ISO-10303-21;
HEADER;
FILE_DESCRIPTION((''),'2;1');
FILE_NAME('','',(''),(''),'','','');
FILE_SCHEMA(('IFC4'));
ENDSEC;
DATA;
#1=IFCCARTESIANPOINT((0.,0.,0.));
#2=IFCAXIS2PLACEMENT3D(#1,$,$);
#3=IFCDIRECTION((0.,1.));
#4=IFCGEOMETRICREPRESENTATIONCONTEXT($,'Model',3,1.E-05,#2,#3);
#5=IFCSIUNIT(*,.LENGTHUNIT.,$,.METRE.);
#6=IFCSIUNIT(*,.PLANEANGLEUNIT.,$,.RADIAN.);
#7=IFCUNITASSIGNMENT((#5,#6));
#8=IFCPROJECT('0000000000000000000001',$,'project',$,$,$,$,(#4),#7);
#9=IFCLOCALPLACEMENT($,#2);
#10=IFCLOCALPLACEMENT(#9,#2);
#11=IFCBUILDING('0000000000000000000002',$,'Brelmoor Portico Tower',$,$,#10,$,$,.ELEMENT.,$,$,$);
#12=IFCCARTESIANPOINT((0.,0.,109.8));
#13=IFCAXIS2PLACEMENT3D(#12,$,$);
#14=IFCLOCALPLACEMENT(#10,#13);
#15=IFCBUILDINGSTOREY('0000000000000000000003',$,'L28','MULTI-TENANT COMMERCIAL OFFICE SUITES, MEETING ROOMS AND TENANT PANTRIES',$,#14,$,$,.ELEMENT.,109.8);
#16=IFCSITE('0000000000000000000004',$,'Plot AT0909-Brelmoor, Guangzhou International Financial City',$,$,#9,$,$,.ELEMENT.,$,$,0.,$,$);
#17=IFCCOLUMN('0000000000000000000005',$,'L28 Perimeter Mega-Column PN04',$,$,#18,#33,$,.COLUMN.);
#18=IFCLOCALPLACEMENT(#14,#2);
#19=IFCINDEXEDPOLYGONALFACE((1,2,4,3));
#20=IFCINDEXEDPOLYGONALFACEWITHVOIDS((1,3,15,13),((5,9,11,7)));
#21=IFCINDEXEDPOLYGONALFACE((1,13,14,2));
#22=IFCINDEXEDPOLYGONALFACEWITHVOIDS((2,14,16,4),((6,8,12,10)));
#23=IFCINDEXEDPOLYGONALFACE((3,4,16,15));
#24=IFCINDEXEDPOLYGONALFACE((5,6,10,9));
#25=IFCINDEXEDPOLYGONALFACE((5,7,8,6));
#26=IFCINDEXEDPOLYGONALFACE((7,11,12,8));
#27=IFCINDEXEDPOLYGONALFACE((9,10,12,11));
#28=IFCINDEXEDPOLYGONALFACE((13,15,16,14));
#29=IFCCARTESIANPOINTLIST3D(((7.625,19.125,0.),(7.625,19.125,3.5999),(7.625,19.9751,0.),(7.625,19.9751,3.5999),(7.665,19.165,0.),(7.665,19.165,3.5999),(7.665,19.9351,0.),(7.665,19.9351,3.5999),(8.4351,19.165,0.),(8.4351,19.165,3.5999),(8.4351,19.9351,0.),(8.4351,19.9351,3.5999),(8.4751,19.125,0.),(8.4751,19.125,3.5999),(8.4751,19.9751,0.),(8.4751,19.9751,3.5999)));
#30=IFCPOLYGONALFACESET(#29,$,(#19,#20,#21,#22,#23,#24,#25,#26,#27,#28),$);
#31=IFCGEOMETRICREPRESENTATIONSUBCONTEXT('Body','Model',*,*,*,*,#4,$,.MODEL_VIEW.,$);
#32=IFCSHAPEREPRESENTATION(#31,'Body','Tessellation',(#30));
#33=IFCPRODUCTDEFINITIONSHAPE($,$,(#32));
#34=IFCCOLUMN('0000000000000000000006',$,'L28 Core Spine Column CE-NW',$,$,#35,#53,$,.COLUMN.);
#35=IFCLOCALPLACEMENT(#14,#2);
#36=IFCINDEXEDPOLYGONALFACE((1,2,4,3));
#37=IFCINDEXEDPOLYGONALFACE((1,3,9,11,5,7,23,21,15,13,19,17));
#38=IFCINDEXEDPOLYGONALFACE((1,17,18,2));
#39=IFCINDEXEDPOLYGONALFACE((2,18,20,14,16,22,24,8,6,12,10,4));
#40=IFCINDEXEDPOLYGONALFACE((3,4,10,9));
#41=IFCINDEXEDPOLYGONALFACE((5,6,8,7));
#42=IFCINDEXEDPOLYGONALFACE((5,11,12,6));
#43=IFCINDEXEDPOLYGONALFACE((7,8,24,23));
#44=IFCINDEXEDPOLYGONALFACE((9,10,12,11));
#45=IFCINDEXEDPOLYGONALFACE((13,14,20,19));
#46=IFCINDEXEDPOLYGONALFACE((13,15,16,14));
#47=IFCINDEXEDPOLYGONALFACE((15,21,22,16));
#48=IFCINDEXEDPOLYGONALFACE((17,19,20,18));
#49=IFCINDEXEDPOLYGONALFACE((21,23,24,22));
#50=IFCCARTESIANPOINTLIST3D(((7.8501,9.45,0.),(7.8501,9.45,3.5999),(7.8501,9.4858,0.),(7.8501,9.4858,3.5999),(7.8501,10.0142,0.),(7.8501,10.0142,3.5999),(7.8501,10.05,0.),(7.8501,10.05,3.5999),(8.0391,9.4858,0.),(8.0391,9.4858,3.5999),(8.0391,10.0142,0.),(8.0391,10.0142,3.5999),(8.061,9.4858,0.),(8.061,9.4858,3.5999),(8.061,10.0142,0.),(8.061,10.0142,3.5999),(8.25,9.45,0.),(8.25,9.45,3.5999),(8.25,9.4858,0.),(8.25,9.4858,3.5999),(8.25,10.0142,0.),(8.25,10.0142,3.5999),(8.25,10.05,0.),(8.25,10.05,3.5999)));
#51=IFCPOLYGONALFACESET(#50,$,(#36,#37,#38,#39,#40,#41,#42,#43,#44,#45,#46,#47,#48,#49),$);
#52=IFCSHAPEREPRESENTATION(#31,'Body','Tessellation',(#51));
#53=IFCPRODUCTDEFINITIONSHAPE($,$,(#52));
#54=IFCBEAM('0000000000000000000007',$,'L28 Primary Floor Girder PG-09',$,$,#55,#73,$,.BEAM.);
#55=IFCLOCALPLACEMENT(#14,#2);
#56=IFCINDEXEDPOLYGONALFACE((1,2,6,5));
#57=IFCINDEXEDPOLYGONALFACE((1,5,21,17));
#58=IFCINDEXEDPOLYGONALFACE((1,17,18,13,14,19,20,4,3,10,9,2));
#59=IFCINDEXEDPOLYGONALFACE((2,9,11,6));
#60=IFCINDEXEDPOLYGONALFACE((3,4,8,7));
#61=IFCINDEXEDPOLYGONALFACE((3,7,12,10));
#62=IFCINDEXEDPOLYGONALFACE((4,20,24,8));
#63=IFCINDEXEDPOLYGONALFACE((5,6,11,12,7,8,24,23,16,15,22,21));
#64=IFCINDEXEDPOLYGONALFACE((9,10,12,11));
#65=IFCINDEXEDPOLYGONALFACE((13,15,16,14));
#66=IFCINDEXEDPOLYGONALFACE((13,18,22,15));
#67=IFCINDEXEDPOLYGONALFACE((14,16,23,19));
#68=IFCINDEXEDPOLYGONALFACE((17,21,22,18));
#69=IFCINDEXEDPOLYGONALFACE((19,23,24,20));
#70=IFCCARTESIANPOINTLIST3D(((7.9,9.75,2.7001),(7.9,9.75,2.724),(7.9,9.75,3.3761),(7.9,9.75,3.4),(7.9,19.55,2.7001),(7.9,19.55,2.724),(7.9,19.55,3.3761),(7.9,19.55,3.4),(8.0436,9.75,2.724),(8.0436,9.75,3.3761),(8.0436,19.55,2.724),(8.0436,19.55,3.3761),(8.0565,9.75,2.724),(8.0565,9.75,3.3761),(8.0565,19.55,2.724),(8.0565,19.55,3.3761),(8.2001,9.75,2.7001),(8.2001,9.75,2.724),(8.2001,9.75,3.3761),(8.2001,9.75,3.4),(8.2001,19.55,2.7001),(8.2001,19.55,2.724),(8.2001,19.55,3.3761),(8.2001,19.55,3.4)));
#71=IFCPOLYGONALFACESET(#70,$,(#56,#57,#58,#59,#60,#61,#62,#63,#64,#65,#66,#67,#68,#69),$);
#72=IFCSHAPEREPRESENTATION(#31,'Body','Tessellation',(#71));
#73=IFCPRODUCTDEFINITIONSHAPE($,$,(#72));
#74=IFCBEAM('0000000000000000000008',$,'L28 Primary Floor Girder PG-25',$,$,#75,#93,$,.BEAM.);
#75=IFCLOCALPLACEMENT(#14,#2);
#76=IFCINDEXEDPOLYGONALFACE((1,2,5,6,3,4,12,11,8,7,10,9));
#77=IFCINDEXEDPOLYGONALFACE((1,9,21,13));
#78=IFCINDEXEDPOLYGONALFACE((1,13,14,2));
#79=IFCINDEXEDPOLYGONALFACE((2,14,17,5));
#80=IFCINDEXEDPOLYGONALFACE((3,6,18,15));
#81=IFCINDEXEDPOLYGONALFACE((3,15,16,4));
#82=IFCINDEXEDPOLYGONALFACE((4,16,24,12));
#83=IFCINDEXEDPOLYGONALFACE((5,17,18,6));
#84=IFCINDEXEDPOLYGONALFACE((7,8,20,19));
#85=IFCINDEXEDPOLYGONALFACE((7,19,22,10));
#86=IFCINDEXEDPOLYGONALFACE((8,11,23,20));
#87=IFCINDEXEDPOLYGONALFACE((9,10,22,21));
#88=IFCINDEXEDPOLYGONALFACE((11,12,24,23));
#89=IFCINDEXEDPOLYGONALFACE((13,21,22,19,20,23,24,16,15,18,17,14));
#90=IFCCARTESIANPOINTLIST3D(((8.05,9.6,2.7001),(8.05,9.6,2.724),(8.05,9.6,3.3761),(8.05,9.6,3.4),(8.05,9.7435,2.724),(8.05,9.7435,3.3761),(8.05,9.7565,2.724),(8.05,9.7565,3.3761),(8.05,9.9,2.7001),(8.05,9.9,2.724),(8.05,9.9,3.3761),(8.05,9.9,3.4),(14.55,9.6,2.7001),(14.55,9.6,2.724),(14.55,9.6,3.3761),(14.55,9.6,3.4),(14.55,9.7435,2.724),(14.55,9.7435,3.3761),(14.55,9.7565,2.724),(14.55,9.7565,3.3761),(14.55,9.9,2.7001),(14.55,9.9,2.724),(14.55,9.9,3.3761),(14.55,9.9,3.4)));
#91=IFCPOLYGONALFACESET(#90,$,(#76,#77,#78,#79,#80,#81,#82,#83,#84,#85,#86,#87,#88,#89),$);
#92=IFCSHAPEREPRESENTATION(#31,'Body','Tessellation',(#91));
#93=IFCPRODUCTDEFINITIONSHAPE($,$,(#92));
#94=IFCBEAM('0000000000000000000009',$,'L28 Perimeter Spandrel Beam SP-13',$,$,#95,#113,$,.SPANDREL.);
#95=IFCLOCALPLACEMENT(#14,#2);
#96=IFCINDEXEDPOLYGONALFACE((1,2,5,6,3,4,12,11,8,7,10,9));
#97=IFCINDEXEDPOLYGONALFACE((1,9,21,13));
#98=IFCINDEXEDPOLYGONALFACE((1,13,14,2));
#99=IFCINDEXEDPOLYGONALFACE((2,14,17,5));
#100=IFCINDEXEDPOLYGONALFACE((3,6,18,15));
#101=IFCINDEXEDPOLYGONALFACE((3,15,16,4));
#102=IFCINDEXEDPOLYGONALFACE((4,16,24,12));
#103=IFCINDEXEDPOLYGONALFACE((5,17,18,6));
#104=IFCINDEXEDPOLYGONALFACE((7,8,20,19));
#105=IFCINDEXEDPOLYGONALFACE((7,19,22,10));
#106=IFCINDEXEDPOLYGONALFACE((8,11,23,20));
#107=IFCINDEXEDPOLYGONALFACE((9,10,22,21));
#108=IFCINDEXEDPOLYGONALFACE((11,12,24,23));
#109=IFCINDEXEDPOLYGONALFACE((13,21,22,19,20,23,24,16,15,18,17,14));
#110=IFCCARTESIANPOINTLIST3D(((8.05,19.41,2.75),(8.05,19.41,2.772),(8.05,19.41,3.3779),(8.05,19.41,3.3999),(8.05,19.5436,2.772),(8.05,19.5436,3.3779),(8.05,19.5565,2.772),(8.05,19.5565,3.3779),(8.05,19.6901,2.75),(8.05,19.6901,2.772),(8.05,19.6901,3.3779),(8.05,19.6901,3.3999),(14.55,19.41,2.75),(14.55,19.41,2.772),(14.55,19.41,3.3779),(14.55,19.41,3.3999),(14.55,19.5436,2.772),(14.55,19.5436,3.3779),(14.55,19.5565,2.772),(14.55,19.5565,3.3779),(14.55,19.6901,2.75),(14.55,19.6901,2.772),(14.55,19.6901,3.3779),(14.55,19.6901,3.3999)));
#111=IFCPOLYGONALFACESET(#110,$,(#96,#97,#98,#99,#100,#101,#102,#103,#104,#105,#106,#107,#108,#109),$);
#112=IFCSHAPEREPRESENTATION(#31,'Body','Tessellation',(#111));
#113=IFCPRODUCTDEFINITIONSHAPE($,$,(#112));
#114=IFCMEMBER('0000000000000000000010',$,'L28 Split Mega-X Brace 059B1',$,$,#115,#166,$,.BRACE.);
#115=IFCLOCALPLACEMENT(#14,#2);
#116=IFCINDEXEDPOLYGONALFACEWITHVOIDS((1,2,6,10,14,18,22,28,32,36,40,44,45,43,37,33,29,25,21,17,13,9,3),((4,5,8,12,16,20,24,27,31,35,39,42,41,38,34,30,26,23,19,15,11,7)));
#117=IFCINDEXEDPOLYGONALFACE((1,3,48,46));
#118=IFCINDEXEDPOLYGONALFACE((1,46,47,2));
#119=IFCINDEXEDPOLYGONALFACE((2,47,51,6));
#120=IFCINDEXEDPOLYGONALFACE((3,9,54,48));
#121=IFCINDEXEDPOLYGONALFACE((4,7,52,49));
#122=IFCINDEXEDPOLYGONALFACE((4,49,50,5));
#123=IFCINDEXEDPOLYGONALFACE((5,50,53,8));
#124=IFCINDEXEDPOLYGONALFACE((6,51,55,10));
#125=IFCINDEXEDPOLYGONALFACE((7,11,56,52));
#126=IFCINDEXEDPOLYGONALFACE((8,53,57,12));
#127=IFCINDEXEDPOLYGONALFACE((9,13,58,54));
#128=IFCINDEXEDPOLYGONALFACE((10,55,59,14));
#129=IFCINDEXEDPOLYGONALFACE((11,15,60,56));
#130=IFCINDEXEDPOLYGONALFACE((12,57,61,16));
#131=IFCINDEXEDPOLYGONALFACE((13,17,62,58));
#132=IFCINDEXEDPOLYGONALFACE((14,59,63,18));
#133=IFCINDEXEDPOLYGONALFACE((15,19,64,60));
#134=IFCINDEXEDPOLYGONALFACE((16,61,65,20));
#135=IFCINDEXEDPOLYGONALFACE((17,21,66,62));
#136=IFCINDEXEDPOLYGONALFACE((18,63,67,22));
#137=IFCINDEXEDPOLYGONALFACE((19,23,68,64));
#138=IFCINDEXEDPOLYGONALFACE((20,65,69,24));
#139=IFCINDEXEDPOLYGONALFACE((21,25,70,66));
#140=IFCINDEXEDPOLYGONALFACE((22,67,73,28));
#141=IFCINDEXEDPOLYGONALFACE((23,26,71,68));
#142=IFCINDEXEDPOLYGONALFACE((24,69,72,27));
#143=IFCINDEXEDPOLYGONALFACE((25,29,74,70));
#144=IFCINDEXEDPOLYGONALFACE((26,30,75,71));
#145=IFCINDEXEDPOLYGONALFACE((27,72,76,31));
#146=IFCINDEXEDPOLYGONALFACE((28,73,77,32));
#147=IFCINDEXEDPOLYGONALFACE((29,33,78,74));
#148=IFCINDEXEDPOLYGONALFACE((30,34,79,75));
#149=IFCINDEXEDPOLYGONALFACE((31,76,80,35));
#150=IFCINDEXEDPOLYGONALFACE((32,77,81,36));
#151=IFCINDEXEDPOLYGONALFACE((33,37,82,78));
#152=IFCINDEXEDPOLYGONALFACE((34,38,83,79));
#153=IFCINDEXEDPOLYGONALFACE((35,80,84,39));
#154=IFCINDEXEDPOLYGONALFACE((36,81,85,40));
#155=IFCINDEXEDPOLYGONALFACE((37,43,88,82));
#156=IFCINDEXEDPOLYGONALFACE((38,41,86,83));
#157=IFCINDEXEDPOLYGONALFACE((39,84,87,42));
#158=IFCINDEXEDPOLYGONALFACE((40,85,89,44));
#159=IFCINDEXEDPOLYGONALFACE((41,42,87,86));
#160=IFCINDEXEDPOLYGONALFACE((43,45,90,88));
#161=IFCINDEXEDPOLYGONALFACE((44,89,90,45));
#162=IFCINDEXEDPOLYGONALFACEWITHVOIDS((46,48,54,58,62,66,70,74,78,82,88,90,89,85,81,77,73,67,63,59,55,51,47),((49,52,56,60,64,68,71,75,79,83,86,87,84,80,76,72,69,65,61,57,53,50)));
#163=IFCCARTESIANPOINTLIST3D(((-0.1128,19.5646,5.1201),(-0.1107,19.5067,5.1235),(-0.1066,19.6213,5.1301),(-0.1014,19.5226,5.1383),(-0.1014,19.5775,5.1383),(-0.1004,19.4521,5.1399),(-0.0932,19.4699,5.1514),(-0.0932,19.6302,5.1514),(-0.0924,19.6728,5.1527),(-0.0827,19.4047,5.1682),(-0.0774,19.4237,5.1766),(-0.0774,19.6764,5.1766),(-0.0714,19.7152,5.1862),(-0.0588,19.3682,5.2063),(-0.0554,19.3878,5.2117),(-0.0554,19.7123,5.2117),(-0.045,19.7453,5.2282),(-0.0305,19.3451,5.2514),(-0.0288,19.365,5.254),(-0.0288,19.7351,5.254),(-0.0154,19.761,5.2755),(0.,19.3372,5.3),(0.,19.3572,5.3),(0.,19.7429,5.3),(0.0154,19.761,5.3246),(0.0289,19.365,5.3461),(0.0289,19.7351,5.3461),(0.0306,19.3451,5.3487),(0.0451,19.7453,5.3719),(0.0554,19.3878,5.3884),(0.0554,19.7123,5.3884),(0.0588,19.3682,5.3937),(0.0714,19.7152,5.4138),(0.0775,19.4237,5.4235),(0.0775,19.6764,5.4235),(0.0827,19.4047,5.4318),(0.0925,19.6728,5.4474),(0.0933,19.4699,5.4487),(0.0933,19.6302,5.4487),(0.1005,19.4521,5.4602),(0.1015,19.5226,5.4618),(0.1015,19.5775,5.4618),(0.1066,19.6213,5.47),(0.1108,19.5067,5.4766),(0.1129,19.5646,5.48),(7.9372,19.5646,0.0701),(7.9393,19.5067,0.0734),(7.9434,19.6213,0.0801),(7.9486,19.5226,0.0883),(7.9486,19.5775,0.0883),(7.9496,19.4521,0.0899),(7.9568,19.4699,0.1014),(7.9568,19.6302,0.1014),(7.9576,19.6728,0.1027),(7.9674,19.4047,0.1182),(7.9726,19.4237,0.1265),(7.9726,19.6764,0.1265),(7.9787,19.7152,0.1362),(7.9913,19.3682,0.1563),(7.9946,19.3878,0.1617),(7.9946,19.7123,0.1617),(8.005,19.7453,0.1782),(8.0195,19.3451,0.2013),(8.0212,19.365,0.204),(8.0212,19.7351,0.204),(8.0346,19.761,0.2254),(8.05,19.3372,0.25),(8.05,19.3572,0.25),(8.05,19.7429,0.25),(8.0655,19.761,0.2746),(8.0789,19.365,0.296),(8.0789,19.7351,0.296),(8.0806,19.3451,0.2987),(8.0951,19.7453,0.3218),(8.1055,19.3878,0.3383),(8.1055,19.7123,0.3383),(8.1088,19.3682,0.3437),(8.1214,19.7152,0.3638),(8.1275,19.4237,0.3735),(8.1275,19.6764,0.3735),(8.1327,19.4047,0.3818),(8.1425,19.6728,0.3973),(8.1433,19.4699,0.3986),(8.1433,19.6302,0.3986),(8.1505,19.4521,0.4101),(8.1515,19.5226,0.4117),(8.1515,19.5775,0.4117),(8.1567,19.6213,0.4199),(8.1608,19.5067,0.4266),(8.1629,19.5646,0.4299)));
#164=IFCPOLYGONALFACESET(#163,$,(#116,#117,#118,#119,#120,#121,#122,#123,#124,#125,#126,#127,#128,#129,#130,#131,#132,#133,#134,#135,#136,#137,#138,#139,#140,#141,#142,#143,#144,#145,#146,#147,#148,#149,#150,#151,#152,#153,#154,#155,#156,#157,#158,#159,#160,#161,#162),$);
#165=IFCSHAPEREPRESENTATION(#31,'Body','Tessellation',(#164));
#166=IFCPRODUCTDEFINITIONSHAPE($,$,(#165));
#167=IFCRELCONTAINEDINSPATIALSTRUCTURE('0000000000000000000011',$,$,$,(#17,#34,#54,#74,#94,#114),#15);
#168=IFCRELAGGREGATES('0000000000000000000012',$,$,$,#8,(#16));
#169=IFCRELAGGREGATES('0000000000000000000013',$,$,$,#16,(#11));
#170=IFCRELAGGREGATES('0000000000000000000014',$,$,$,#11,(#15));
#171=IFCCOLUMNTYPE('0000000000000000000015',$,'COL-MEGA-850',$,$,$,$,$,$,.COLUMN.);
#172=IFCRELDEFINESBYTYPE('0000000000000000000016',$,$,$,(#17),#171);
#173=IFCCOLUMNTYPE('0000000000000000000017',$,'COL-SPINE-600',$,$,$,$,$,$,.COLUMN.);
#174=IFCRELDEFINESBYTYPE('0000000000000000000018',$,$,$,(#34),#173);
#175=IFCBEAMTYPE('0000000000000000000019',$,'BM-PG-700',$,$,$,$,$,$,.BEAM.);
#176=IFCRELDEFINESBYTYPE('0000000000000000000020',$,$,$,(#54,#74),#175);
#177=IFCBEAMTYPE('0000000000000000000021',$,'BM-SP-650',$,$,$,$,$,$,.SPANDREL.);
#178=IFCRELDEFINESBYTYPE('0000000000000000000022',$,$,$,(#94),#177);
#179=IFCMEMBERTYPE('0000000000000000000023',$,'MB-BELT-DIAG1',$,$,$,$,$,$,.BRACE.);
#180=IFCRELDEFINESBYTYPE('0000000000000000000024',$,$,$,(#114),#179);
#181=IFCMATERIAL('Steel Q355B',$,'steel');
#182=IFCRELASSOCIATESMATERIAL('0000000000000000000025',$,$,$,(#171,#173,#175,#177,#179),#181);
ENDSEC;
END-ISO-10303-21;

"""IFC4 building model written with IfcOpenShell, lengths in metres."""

from ifc_helpers import new_model, si_unit, direction, frame, origin, origin_2d, place, context, subcontext, project, spatial, hollow_rectangle, hollow_circle, i_section, extrude, material, material_profile, profile_set, type_object, element, save


model = new_model("IFC4")

# Units and contexts
model_context = context("Model", 3, precision=1e-05, world=origin(), true_north=direction((0.0, 1.0)))
body_context = subcontext(model_context, "Body", "Model", "MODEL_VIEW")
ifc_project = project(units=[si_unit("LENGTHUNIT", "METRE"), si_unit("PLANEANGLEUNIT", "RADIAN")], contexts=[model_context])

# Site, building, storey
site_placement = place(None, origin())
site = spatial("IfcSite", under=ifc_project, at=site_placement, Name="Plot AT0909-Brelmoor, Guangzhou International Financial City", CompositionType="ELEMENT", RefElevation=0.0)
building_placement = place(site_placement, origin())
building = spatial("IfcBuilding", under=site, at=building_placement, Name="Brelmoor Portico Tower", CompositionType="ELEMENT")
storey_placement = place(building_placement, frame((0.0, 0.0, 109.8)))
storey = spatial("IfcBuildingStorey", under=building, at=storey_placement, Name="L28", Description="MULTI-TENANT COMMERCIAL OFFICE SUITES, MEETING ROOMS AND TENANT PANTRIES", CompositionType="ELEMENT", Elevation=109.8)

# Columns
ifc_material_1 = material(Name="Steel Q355B", Category="steel")
ifc_material_profile_1 = material_profile(ifc_material_1, hollow_rectangle(XDim=0.8501, YDim=0.8501, WallThickness=0.04, at=origin_2d()), Name="BOX 850x850x40")
ifc_profile_set_1 = profile_set([ifc_material_profile_1], Name="Steel Q355B")
column_type_1 = type_object("IfcColumnType", Name="COL-MEGA-850", PredefinedType="COLUMN", material=ifc_profile_set_1)
column_1_placement = place(storey_placement, frame((8.05, 19.55, 0.0), z_axis=(0.0, 0.0, 1.0), x_axis=(1.0, 0.0, 0.0)))
element("IfcColumn", 1, at=column_1_placement, inside=storey, type_object=column_type_1, Name="L28 Perimeter Mega-Column PN04", PredefinedType="COLUMN", context=body_context, shape_type="SweptSolid", body=[
    extrude(hollow_rectangle(XDim=0.8501, YDim=0.8501, WallThickness=0.04, at=origin_2d()), origin(), (0.0, 0.0, 1.0), 3.5999),
])
ifc_material_profile_2 = material_profile(ifc_material_1, i_section(OverallWidth=0.3999, OverallDepth=0.6001, WebThickness=0.022, FlangeThickness=0.0359, at=origin_2d()), Name="HW 600x400x22x36")
ifc_profile_set_2 = profile_set([ifc_material_profile_2], Name="Steel Q355B")
column_type_2 = type_object("IfcColumnType", Name="COL-SPINE-600", PredefinedType="COLUMN", material=ifc_profile_set_2)
column_2_placement = place(storey_placement, frame((8.05, 9.75, 0.0), z_axis=(0.0, 0.0, 1.0), x_axis=(1.0, 0.0, 0.0)))
element("IfcColumn", 2, at=column_2_placement, inside=storey, type_object=column_type_2, Name="L28 Core Spine Column CE-NW", PredefinedType="COLUMN", context=body_context, shape_type="SweptSolid", body=[
    extrude(i_section(OverallWidth=0.3999, OverallDepth=0.6001, WebThickness=0.022, FlangeThickness=0.0359, at=origin_2d()), origin(), (0.0, 0.0, 1.0), 3.5999),
])

# Beams
ifc_material_profile_3 = material_profile(ifc_material_1, i_section(OverallWidth=0.3, OverallDepth=0.7, WebThickness=0.0129, FlangeThickness=0.0239, at=origin_2d()), Name="HN 700x300x13x24")
ifc_profile_set_3 = profile_set([ifc_material_profile_3], Name="Steel Q355B")
beam_type_1 = type_object("IfcBeamType", Name="BM-PG-700", PredefinedType="BEAM", material=ifc_profile_set_3)
beam_1_placement = place(storey_placement, frame((8.05, 9.75, 3.05), z_axis=(0.0, 1.0, 0.0), x_axis=(-1.0, 0.0, 0.0)))
element("IfcBeam", 3, at=beam_1_placement, inside=storey, type_object=beam_type_1, Name="L28 Primary Floor Girder PG-09", PredefinedType="BEAM", context=body_context, shape_type="SweptSolid", body=[
    extrude(i_section(OverallWidth=0.3, OverallDepth=0.7, WebThickness=0.0129, FlangeThickness=0.0239, at=origin_2d()), origin(), (0.0, 0.0, 1.0), 9.8),
])
beam_2_placement = place(storey_placement, frame((8.05, 9.75, 3.05), z_axis=(1.0, 0.0, 0.0), x_axis=(0.0, 1.0, 0.0)))
element("IfcBeam", 4, at=beam_2_placement, inside=storey, type_object=beam_type_1, Name="L28 Primary Floor Girder PG-25", PredefinedType="BEAM", context=body_context, shape_type="SweptSolid", body=[
    extrude(i_section(OverallWidth=0.3, OverallDepth=0.7, WebThickness=0.0129, FlangeThickness=0.0239, at=origin_2d()), origin(), (0.0, 0.0, 1.0), 6.5),
])
ifc_material_profile_4 = material_profile(ifc_material_1, i_section(OverallWidth=0.28, OverallDepth=0.6499, WebThickness=0.0129, FlangeThickness=0.022, at=origin_2d()), Name="HN 650x280x13x22")
ifc_profile_set_4 = profile_set([ifc_material_profile_4], Name="Steel Q355B")
beam_type_2 = type_object("IfcBeamType", Name="BM-SP-650", PredefinedType="SPANDREL", material=ifc_profile_set_4)
beam_3_placement = place(storey_placement, frame((8.05, 19.55, 3.075), z_axis=(1.0, 0.0, 0.0), x_axis=(0.0, 1.0, 0.0)))
element("IfcBeam", 5, at=beam_3_placement, inside=storey, type_object=beam_type_2, Name="L28 Perimeter Spandrel Beam SP-13", PredefinedType="SPANDREL", context=body_context, shape_type="SweptSolid", body=[
    extrude(i_section(OverallWidth=0.28, OverallDepth=0.6499, WebThickness=0.0129, FlangeThickness=0.022, at=origin_2d()), origin(), (0.0, 0.0, 1.0), 6.5),
])

# Member
ifc_material_profile_5 = material_profile(ifc_material_1, hollow_circle(Radius=0.2129, WallThickness=0.02, at=origin_2d()), Name="CHS 426x20")
ifc_profile_set_5 = profile_set([ifc_material_profile_5], Name="Steel Q355B")
member_type_1 = type_object("IfcMemberType", Name="MB-BELT-DIAG1", PredefinedType="BRACE", material=ifc_profile_set_5)
for number, where, z_axis, x_axis, name in (
    (6, (8.05, 19.55, 0.25), (-0.847109, 0.0, 0.531418), (0.0, -1.0, 0.0), "L28 Split Mega-X Brace 059B1"),
):
    element("IfcMember", number, at=place(storey_placement, frame(where, z_axis=z_axis, x_axis=x_axis)), inside=storey, type_object=member_type_1, Name=name, PredefinedType="BRACE", context=body_context, shape_type="SweptSolid", body=[
        extrude(hollow_circle(Radius=0.2129, WallThickness=0.02, at=origin_2d()), origin(), (0.0, 0.0, 1.0), 9.5029),
    ])

save(model, "model.ifc")
